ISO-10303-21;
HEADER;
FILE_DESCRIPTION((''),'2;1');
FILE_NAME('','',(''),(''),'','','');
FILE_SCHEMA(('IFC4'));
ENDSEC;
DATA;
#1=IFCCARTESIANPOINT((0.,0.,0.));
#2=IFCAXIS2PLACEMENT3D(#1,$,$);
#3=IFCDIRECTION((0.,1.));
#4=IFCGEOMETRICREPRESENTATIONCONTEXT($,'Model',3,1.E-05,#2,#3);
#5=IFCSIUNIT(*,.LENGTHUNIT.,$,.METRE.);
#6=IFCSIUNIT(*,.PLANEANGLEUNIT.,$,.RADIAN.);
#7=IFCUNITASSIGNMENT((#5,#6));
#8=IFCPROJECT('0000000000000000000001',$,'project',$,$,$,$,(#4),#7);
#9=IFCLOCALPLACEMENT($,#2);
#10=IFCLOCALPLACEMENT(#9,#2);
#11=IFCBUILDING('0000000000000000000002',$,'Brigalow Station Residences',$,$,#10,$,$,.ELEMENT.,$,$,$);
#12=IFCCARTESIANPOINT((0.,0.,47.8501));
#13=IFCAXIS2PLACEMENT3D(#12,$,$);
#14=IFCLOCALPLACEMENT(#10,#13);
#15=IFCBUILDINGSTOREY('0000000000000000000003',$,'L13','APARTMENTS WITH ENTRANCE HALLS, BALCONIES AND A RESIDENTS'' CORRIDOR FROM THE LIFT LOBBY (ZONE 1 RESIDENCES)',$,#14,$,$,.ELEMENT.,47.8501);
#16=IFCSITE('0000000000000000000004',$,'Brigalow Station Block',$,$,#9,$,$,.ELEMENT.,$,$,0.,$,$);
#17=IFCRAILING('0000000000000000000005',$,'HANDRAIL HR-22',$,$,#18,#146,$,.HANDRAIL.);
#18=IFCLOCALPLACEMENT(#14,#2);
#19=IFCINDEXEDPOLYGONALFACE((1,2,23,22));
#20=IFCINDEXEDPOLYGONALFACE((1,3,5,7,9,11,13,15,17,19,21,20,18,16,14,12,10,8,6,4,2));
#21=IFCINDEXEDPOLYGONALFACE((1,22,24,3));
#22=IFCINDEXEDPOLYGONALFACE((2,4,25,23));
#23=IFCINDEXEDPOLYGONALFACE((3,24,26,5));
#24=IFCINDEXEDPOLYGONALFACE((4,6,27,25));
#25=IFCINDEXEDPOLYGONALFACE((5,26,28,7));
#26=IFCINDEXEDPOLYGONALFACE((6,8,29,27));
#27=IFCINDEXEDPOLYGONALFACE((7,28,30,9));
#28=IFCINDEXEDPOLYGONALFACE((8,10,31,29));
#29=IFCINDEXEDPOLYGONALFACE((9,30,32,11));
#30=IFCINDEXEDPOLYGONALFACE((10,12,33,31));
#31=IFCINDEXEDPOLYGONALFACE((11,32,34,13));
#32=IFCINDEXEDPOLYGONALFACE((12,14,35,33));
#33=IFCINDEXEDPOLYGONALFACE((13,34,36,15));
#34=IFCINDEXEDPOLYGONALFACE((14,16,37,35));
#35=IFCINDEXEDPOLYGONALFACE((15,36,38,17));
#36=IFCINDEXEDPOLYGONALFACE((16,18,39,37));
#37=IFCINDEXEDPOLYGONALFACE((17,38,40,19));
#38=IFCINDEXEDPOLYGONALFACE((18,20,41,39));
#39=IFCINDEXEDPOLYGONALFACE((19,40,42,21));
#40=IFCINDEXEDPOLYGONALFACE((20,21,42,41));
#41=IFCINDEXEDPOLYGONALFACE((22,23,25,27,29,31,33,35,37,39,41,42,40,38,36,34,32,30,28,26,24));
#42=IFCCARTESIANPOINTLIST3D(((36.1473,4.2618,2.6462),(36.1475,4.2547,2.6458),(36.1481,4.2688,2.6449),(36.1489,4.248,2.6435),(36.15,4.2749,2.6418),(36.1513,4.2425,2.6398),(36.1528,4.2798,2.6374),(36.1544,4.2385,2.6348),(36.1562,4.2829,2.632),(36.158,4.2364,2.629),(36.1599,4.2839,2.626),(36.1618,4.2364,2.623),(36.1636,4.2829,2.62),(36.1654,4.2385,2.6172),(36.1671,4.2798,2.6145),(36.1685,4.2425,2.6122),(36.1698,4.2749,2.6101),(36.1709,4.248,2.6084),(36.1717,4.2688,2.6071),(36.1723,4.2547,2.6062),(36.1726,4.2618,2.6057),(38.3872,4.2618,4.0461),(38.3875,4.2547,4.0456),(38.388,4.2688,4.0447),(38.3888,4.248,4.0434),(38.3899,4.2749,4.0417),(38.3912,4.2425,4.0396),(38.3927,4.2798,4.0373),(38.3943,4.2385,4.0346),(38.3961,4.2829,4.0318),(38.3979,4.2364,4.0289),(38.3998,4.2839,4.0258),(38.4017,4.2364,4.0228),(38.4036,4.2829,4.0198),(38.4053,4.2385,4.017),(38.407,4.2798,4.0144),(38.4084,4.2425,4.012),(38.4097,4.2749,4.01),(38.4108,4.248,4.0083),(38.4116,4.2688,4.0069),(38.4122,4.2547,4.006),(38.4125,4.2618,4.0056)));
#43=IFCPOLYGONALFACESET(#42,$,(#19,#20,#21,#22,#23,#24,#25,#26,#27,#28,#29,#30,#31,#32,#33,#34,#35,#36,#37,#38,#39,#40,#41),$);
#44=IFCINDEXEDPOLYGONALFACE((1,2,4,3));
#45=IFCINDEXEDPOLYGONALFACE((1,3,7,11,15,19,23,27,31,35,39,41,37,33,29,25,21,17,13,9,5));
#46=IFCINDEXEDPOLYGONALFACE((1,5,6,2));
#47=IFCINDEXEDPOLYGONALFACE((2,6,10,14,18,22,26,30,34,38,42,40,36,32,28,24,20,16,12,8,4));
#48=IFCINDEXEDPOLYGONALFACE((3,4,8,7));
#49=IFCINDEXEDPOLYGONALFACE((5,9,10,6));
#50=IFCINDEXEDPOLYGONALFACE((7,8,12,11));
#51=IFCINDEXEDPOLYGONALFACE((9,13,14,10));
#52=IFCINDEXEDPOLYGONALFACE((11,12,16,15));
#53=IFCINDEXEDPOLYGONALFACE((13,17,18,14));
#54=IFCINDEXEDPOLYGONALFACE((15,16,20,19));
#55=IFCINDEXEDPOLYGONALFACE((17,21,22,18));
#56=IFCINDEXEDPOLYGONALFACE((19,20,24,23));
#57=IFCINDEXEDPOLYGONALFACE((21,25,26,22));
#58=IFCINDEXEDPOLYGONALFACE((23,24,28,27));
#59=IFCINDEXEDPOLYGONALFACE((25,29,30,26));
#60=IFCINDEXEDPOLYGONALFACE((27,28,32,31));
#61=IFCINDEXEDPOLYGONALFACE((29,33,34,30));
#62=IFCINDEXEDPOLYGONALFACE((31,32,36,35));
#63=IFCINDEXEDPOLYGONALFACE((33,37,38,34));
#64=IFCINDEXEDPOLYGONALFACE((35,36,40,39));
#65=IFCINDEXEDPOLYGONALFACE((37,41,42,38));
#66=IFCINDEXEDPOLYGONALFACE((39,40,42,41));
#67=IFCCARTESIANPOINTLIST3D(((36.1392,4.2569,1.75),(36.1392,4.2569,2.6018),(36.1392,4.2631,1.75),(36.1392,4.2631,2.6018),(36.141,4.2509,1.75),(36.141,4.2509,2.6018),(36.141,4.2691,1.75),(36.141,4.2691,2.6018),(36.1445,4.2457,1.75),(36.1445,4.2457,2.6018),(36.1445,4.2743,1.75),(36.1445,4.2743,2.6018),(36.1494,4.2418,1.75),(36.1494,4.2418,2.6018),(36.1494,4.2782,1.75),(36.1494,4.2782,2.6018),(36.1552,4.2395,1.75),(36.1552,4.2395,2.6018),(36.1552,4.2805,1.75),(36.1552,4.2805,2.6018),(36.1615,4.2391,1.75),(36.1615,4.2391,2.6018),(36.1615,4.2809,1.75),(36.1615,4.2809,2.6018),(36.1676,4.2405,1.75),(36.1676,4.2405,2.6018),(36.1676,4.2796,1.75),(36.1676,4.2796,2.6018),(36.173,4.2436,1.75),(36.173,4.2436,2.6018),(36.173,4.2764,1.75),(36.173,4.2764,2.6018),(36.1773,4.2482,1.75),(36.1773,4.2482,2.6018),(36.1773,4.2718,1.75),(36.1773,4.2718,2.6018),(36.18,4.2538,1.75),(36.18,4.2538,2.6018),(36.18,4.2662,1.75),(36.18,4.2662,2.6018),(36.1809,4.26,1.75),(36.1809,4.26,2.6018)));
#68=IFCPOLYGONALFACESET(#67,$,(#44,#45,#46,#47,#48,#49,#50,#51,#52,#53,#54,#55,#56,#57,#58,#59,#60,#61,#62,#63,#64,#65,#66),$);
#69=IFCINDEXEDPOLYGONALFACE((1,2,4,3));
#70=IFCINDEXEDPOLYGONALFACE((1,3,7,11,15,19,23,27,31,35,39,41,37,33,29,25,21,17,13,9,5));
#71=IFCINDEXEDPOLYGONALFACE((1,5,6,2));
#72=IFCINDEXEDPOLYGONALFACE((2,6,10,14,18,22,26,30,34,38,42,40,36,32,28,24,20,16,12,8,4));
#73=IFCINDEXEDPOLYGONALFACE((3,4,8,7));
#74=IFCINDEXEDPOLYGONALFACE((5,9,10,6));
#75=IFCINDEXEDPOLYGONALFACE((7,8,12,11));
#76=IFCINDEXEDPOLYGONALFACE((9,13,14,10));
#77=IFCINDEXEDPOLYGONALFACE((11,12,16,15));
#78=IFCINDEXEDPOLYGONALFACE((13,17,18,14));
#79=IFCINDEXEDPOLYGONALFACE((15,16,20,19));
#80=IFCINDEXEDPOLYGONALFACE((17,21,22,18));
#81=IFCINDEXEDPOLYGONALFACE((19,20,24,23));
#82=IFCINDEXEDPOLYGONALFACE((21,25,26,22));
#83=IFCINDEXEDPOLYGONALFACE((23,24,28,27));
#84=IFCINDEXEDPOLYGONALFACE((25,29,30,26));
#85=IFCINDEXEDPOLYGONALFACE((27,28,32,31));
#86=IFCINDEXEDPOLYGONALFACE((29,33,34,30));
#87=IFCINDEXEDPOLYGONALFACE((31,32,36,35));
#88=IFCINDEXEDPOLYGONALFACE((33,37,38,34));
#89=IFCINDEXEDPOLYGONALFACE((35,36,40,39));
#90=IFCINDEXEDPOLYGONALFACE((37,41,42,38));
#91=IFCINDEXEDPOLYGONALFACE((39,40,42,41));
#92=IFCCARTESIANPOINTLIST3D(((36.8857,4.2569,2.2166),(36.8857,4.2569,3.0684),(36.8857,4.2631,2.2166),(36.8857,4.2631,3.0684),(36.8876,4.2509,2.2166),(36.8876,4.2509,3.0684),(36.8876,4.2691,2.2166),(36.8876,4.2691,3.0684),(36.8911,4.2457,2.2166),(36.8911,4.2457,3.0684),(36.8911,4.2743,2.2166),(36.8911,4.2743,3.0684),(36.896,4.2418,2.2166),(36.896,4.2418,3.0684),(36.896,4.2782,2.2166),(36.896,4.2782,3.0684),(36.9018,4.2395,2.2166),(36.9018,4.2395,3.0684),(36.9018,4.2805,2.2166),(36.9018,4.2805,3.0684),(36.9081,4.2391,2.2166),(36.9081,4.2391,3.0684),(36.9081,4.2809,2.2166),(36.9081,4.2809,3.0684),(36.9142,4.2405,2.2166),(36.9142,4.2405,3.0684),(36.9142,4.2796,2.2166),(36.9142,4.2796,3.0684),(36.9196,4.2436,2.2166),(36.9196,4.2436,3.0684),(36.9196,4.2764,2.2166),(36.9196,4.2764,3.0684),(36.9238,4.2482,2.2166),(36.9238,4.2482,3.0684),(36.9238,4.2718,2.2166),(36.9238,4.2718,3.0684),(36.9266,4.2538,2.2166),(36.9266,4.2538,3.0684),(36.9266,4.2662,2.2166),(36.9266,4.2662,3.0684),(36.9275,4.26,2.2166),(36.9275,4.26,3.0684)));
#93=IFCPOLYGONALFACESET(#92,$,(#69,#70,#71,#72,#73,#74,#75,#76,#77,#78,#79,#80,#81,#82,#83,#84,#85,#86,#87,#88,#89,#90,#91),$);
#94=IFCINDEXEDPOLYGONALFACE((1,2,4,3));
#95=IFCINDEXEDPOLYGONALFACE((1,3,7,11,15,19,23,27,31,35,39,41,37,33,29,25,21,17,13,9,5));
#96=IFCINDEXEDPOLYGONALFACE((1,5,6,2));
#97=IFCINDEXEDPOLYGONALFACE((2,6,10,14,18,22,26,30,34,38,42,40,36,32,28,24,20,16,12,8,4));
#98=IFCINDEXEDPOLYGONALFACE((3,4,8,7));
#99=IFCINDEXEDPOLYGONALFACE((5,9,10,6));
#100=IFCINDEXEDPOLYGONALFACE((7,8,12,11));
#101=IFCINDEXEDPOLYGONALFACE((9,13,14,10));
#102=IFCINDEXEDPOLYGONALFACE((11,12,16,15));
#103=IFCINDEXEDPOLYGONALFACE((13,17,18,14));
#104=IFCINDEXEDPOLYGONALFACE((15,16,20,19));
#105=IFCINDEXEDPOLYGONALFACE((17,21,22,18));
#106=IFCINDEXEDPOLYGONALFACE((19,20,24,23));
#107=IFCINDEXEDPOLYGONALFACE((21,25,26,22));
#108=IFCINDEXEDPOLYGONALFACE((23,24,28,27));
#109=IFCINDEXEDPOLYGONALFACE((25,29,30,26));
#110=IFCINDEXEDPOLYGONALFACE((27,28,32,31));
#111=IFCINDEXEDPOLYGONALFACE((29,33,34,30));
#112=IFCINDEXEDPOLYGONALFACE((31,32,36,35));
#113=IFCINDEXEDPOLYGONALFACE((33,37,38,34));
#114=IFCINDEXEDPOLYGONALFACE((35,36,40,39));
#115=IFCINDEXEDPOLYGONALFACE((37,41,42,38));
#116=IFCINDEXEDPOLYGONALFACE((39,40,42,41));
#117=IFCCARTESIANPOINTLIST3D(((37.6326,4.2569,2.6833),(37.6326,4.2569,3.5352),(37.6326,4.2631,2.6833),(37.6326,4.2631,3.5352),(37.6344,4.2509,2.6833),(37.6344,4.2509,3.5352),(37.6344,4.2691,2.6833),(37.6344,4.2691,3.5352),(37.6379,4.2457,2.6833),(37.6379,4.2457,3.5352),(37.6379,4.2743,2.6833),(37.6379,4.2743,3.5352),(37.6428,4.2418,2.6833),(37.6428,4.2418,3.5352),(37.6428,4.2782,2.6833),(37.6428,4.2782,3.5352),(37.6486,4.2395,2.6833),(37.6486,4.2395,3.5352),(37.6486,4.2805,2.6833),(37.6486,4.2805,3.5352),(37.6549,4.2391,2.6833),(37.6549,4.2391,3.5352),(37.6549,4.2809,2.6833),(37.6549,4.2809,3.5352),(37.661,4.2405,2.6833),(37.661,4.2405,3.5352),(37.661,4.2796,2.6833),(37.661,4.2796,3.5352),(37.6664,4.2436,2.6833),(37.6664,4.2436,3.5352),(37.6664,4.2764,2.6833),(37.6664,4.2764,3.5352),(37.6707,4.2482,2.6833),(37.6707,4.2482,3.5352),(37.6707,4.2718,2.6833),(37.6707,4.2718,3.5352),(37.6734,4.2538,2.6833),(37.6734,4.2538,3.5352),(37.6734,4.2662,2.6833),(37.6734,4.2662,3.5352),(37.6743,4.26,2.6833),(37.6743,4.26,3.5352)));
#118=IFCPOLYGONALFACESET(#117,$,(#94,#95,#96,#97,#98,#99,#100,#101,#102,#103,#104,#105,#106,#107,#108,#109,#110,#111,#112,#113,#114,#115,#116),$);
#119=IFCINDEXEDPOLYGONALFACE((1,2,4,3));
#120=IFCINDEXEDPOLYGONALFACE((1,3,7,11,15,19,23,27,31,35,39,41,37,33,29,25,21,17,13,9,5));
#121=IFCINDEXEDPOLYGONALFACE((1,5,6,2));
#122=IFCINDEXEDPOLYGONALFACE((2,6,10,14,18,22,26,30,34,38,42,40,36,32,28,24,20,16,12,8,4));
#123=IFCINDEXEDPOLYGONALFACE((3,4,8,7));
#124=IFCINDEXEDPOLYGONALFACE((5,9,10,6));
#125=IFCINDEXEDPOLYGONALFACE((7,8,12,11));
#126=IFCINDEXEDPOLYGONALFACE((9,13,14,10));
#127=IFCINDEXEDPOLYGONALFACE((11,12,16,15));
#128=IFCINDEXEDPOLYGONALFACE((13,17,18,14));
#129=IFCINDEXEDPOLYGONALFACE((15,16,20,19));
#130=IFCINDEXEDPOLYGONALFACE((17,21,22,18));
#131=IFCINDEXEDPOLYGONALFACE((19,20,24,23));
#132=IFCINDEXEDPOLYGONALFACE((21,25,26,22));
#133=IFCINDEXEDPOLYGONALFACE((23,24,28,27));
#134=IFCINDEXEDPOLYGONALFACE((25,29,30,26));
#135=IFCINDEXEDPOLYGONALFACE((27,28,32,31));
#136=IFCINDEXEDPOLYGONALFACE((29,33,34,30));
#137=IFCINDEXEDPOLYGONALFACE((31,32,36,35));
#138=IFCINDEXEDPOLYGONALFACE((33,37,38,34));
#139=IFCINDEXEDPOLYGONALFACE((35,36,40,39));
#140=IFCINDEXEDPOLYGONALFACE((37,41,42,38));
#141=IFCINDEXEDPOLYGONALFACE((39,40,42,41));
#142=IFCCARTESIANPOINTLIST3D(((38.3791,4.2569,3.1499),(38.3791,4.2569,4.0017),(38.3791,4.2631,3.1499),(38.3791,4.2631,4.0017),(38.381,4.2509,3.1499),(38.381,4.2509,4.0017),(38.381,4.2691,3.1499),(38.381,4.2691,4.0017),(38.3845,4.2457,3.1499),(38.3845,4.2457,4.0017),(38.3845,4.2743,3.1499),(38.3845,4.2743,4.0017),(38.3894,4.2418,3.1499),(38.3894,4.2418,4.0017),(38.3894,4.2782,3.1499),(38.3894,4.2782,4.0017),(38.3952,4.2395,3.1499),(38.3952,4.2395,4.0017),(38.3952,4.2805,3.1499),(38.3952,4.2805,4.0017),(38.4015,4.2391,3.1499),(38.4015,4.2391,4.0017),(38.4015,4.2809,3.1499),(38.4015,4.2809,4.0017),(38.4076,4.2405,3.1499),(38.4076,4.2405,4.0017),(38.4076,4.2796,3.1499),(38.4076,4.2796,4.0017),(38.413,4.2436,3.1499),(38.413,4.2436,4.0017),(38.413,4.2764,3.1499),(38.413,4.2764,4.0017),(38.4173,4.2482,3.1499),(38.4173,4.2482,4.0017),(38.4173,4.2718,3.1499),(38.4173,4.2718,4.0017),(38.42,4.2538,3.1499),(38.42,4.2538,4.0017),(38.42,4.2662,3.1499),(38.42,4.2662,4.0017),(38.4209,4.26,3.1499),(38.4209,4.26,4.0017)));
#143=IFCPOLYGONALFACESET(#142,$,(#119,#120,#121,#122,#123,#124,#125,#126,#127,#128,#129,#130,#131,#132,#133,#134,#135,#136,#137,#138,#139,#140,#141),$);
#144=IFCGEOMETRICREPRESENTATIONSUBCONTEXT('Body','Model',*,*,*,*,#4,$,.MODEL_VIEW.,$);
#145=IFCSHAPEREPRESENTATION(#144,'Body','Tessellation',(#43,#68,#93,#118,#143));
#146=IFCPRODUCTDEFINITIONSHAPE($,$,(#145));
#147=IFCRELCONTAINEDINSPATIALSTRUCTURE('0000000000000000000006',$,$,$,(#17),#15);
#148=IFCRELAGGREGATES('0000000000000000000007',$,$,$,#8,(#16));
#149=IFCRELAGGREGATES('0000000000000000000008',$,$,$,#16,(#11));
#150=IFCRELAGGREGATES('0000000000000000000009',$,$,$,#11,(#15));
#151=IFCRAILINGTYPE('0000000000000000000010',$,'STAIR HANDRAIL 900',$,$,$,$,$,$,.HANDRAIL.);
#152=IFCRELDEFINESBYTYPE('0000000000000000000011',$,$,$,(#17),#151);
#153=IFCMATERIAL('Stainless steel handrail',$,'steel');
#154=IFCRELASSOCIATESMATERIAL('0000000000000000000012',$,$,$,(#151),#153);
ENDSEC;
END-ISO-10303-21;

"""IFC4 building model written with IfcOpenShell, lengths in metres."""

from ifc_helpers import new_model, si_unit, direction, frame, origin, origin_2d, place, context, subcontext, project, spatial, circle, extrude, material, type_object, element, save


model = new_model("IFC4")

# Units and contexts
model_context = context("Model", 3, precision=1e-05, world=origin(), true_north=direction((0.0, 1.0)))
body_context = subcontext(model_context, "Body", "Model", "MODEL_VIEW")
ifc_project = project(units=[si_unit("LENGTHUNIT", "METRE"), si_unit("PLANEANGLEUNIT", "RADIAN")], contexts=[model_context])

# Site, building, storey
site_placement = place(None, origin())
site = spatial("IfcSite", under=ifc_project, at=site_placement, Name="Brigalow Station Block", CompositionType="ELEMENT", RefElevation=0.0)
building_placement = place(site_placement, origin())
building = spatial("IfcBuilding", under=site, at=building_placement, Name="Brigalow Station Residences", CompositionType="ELEMENT")
storey_placement = place(building_placement, frame((0.0, 0.0, 47.8501)))
storey = spatial("IfcBuildingStorey", under=building, at=storey_placement, Name="L13", Description="APARTMENTS WITH ENTRANCE HALLS, BALCONIES AND A RESIDENTS' CORRIDOR FROM THE LIFT LOBBY (ZONE 1 RESIDENCES)", CompositionType="ELEMENT", Elevation=47.8501)

# Railing
ifc_material_1 = material(Name="Stainless steel handrail", Category="steel")
railing_type_1 = type_object("IfcRailingType", Name="STAIR HANDRAIL 900", PredefinedType="HANDRAIL", material=ifc_material_1)
railing_1_placement = place(storey_placement, frame((36.1599, 4.26, 1.75)))
element("IfcRailing", 1, at=railing_1_placement, inside=storey, type_object=railing_type_1, Name="HANDRAIL HR-22", PredefinedType="HANDRAIL", context=body_context, shape_type="SweptSolid", body=[
    extrude(circle(Radius=0.0239, at=origin_2d()), frame((0.0, 0.0, 0.876), z_axis=(0.848014, 0.0, 0.529974), x_axis=(0.0, 1.0, 0.0)), (0.0, 0.0, 1.0), 2.6414),
    extrude(circle(Radius=0.021, at=origin_2d()), origin(), (0.0, 0.0, 1.0), 0.8518),
    extrude(circle(Radius=0.021, at=origin_2d()), frame((0.7466, 0.0, 0.4666)), (0.0, 0.0, 1.0), 0.8518),
    extrude(circle(Radius=0.021, at=origin_2d()), frame((1.4934, 0.0, 0.9333)), (0.0, 0.0, 1.0), 0.8518),
    extrude(circle(Radius=0.021, at=origin_2d()), frame((2.24, 0.0, 1.3999)), (0.0, 0.0, 1.0), 0.8518),
])

save(model, "model.ifc")
